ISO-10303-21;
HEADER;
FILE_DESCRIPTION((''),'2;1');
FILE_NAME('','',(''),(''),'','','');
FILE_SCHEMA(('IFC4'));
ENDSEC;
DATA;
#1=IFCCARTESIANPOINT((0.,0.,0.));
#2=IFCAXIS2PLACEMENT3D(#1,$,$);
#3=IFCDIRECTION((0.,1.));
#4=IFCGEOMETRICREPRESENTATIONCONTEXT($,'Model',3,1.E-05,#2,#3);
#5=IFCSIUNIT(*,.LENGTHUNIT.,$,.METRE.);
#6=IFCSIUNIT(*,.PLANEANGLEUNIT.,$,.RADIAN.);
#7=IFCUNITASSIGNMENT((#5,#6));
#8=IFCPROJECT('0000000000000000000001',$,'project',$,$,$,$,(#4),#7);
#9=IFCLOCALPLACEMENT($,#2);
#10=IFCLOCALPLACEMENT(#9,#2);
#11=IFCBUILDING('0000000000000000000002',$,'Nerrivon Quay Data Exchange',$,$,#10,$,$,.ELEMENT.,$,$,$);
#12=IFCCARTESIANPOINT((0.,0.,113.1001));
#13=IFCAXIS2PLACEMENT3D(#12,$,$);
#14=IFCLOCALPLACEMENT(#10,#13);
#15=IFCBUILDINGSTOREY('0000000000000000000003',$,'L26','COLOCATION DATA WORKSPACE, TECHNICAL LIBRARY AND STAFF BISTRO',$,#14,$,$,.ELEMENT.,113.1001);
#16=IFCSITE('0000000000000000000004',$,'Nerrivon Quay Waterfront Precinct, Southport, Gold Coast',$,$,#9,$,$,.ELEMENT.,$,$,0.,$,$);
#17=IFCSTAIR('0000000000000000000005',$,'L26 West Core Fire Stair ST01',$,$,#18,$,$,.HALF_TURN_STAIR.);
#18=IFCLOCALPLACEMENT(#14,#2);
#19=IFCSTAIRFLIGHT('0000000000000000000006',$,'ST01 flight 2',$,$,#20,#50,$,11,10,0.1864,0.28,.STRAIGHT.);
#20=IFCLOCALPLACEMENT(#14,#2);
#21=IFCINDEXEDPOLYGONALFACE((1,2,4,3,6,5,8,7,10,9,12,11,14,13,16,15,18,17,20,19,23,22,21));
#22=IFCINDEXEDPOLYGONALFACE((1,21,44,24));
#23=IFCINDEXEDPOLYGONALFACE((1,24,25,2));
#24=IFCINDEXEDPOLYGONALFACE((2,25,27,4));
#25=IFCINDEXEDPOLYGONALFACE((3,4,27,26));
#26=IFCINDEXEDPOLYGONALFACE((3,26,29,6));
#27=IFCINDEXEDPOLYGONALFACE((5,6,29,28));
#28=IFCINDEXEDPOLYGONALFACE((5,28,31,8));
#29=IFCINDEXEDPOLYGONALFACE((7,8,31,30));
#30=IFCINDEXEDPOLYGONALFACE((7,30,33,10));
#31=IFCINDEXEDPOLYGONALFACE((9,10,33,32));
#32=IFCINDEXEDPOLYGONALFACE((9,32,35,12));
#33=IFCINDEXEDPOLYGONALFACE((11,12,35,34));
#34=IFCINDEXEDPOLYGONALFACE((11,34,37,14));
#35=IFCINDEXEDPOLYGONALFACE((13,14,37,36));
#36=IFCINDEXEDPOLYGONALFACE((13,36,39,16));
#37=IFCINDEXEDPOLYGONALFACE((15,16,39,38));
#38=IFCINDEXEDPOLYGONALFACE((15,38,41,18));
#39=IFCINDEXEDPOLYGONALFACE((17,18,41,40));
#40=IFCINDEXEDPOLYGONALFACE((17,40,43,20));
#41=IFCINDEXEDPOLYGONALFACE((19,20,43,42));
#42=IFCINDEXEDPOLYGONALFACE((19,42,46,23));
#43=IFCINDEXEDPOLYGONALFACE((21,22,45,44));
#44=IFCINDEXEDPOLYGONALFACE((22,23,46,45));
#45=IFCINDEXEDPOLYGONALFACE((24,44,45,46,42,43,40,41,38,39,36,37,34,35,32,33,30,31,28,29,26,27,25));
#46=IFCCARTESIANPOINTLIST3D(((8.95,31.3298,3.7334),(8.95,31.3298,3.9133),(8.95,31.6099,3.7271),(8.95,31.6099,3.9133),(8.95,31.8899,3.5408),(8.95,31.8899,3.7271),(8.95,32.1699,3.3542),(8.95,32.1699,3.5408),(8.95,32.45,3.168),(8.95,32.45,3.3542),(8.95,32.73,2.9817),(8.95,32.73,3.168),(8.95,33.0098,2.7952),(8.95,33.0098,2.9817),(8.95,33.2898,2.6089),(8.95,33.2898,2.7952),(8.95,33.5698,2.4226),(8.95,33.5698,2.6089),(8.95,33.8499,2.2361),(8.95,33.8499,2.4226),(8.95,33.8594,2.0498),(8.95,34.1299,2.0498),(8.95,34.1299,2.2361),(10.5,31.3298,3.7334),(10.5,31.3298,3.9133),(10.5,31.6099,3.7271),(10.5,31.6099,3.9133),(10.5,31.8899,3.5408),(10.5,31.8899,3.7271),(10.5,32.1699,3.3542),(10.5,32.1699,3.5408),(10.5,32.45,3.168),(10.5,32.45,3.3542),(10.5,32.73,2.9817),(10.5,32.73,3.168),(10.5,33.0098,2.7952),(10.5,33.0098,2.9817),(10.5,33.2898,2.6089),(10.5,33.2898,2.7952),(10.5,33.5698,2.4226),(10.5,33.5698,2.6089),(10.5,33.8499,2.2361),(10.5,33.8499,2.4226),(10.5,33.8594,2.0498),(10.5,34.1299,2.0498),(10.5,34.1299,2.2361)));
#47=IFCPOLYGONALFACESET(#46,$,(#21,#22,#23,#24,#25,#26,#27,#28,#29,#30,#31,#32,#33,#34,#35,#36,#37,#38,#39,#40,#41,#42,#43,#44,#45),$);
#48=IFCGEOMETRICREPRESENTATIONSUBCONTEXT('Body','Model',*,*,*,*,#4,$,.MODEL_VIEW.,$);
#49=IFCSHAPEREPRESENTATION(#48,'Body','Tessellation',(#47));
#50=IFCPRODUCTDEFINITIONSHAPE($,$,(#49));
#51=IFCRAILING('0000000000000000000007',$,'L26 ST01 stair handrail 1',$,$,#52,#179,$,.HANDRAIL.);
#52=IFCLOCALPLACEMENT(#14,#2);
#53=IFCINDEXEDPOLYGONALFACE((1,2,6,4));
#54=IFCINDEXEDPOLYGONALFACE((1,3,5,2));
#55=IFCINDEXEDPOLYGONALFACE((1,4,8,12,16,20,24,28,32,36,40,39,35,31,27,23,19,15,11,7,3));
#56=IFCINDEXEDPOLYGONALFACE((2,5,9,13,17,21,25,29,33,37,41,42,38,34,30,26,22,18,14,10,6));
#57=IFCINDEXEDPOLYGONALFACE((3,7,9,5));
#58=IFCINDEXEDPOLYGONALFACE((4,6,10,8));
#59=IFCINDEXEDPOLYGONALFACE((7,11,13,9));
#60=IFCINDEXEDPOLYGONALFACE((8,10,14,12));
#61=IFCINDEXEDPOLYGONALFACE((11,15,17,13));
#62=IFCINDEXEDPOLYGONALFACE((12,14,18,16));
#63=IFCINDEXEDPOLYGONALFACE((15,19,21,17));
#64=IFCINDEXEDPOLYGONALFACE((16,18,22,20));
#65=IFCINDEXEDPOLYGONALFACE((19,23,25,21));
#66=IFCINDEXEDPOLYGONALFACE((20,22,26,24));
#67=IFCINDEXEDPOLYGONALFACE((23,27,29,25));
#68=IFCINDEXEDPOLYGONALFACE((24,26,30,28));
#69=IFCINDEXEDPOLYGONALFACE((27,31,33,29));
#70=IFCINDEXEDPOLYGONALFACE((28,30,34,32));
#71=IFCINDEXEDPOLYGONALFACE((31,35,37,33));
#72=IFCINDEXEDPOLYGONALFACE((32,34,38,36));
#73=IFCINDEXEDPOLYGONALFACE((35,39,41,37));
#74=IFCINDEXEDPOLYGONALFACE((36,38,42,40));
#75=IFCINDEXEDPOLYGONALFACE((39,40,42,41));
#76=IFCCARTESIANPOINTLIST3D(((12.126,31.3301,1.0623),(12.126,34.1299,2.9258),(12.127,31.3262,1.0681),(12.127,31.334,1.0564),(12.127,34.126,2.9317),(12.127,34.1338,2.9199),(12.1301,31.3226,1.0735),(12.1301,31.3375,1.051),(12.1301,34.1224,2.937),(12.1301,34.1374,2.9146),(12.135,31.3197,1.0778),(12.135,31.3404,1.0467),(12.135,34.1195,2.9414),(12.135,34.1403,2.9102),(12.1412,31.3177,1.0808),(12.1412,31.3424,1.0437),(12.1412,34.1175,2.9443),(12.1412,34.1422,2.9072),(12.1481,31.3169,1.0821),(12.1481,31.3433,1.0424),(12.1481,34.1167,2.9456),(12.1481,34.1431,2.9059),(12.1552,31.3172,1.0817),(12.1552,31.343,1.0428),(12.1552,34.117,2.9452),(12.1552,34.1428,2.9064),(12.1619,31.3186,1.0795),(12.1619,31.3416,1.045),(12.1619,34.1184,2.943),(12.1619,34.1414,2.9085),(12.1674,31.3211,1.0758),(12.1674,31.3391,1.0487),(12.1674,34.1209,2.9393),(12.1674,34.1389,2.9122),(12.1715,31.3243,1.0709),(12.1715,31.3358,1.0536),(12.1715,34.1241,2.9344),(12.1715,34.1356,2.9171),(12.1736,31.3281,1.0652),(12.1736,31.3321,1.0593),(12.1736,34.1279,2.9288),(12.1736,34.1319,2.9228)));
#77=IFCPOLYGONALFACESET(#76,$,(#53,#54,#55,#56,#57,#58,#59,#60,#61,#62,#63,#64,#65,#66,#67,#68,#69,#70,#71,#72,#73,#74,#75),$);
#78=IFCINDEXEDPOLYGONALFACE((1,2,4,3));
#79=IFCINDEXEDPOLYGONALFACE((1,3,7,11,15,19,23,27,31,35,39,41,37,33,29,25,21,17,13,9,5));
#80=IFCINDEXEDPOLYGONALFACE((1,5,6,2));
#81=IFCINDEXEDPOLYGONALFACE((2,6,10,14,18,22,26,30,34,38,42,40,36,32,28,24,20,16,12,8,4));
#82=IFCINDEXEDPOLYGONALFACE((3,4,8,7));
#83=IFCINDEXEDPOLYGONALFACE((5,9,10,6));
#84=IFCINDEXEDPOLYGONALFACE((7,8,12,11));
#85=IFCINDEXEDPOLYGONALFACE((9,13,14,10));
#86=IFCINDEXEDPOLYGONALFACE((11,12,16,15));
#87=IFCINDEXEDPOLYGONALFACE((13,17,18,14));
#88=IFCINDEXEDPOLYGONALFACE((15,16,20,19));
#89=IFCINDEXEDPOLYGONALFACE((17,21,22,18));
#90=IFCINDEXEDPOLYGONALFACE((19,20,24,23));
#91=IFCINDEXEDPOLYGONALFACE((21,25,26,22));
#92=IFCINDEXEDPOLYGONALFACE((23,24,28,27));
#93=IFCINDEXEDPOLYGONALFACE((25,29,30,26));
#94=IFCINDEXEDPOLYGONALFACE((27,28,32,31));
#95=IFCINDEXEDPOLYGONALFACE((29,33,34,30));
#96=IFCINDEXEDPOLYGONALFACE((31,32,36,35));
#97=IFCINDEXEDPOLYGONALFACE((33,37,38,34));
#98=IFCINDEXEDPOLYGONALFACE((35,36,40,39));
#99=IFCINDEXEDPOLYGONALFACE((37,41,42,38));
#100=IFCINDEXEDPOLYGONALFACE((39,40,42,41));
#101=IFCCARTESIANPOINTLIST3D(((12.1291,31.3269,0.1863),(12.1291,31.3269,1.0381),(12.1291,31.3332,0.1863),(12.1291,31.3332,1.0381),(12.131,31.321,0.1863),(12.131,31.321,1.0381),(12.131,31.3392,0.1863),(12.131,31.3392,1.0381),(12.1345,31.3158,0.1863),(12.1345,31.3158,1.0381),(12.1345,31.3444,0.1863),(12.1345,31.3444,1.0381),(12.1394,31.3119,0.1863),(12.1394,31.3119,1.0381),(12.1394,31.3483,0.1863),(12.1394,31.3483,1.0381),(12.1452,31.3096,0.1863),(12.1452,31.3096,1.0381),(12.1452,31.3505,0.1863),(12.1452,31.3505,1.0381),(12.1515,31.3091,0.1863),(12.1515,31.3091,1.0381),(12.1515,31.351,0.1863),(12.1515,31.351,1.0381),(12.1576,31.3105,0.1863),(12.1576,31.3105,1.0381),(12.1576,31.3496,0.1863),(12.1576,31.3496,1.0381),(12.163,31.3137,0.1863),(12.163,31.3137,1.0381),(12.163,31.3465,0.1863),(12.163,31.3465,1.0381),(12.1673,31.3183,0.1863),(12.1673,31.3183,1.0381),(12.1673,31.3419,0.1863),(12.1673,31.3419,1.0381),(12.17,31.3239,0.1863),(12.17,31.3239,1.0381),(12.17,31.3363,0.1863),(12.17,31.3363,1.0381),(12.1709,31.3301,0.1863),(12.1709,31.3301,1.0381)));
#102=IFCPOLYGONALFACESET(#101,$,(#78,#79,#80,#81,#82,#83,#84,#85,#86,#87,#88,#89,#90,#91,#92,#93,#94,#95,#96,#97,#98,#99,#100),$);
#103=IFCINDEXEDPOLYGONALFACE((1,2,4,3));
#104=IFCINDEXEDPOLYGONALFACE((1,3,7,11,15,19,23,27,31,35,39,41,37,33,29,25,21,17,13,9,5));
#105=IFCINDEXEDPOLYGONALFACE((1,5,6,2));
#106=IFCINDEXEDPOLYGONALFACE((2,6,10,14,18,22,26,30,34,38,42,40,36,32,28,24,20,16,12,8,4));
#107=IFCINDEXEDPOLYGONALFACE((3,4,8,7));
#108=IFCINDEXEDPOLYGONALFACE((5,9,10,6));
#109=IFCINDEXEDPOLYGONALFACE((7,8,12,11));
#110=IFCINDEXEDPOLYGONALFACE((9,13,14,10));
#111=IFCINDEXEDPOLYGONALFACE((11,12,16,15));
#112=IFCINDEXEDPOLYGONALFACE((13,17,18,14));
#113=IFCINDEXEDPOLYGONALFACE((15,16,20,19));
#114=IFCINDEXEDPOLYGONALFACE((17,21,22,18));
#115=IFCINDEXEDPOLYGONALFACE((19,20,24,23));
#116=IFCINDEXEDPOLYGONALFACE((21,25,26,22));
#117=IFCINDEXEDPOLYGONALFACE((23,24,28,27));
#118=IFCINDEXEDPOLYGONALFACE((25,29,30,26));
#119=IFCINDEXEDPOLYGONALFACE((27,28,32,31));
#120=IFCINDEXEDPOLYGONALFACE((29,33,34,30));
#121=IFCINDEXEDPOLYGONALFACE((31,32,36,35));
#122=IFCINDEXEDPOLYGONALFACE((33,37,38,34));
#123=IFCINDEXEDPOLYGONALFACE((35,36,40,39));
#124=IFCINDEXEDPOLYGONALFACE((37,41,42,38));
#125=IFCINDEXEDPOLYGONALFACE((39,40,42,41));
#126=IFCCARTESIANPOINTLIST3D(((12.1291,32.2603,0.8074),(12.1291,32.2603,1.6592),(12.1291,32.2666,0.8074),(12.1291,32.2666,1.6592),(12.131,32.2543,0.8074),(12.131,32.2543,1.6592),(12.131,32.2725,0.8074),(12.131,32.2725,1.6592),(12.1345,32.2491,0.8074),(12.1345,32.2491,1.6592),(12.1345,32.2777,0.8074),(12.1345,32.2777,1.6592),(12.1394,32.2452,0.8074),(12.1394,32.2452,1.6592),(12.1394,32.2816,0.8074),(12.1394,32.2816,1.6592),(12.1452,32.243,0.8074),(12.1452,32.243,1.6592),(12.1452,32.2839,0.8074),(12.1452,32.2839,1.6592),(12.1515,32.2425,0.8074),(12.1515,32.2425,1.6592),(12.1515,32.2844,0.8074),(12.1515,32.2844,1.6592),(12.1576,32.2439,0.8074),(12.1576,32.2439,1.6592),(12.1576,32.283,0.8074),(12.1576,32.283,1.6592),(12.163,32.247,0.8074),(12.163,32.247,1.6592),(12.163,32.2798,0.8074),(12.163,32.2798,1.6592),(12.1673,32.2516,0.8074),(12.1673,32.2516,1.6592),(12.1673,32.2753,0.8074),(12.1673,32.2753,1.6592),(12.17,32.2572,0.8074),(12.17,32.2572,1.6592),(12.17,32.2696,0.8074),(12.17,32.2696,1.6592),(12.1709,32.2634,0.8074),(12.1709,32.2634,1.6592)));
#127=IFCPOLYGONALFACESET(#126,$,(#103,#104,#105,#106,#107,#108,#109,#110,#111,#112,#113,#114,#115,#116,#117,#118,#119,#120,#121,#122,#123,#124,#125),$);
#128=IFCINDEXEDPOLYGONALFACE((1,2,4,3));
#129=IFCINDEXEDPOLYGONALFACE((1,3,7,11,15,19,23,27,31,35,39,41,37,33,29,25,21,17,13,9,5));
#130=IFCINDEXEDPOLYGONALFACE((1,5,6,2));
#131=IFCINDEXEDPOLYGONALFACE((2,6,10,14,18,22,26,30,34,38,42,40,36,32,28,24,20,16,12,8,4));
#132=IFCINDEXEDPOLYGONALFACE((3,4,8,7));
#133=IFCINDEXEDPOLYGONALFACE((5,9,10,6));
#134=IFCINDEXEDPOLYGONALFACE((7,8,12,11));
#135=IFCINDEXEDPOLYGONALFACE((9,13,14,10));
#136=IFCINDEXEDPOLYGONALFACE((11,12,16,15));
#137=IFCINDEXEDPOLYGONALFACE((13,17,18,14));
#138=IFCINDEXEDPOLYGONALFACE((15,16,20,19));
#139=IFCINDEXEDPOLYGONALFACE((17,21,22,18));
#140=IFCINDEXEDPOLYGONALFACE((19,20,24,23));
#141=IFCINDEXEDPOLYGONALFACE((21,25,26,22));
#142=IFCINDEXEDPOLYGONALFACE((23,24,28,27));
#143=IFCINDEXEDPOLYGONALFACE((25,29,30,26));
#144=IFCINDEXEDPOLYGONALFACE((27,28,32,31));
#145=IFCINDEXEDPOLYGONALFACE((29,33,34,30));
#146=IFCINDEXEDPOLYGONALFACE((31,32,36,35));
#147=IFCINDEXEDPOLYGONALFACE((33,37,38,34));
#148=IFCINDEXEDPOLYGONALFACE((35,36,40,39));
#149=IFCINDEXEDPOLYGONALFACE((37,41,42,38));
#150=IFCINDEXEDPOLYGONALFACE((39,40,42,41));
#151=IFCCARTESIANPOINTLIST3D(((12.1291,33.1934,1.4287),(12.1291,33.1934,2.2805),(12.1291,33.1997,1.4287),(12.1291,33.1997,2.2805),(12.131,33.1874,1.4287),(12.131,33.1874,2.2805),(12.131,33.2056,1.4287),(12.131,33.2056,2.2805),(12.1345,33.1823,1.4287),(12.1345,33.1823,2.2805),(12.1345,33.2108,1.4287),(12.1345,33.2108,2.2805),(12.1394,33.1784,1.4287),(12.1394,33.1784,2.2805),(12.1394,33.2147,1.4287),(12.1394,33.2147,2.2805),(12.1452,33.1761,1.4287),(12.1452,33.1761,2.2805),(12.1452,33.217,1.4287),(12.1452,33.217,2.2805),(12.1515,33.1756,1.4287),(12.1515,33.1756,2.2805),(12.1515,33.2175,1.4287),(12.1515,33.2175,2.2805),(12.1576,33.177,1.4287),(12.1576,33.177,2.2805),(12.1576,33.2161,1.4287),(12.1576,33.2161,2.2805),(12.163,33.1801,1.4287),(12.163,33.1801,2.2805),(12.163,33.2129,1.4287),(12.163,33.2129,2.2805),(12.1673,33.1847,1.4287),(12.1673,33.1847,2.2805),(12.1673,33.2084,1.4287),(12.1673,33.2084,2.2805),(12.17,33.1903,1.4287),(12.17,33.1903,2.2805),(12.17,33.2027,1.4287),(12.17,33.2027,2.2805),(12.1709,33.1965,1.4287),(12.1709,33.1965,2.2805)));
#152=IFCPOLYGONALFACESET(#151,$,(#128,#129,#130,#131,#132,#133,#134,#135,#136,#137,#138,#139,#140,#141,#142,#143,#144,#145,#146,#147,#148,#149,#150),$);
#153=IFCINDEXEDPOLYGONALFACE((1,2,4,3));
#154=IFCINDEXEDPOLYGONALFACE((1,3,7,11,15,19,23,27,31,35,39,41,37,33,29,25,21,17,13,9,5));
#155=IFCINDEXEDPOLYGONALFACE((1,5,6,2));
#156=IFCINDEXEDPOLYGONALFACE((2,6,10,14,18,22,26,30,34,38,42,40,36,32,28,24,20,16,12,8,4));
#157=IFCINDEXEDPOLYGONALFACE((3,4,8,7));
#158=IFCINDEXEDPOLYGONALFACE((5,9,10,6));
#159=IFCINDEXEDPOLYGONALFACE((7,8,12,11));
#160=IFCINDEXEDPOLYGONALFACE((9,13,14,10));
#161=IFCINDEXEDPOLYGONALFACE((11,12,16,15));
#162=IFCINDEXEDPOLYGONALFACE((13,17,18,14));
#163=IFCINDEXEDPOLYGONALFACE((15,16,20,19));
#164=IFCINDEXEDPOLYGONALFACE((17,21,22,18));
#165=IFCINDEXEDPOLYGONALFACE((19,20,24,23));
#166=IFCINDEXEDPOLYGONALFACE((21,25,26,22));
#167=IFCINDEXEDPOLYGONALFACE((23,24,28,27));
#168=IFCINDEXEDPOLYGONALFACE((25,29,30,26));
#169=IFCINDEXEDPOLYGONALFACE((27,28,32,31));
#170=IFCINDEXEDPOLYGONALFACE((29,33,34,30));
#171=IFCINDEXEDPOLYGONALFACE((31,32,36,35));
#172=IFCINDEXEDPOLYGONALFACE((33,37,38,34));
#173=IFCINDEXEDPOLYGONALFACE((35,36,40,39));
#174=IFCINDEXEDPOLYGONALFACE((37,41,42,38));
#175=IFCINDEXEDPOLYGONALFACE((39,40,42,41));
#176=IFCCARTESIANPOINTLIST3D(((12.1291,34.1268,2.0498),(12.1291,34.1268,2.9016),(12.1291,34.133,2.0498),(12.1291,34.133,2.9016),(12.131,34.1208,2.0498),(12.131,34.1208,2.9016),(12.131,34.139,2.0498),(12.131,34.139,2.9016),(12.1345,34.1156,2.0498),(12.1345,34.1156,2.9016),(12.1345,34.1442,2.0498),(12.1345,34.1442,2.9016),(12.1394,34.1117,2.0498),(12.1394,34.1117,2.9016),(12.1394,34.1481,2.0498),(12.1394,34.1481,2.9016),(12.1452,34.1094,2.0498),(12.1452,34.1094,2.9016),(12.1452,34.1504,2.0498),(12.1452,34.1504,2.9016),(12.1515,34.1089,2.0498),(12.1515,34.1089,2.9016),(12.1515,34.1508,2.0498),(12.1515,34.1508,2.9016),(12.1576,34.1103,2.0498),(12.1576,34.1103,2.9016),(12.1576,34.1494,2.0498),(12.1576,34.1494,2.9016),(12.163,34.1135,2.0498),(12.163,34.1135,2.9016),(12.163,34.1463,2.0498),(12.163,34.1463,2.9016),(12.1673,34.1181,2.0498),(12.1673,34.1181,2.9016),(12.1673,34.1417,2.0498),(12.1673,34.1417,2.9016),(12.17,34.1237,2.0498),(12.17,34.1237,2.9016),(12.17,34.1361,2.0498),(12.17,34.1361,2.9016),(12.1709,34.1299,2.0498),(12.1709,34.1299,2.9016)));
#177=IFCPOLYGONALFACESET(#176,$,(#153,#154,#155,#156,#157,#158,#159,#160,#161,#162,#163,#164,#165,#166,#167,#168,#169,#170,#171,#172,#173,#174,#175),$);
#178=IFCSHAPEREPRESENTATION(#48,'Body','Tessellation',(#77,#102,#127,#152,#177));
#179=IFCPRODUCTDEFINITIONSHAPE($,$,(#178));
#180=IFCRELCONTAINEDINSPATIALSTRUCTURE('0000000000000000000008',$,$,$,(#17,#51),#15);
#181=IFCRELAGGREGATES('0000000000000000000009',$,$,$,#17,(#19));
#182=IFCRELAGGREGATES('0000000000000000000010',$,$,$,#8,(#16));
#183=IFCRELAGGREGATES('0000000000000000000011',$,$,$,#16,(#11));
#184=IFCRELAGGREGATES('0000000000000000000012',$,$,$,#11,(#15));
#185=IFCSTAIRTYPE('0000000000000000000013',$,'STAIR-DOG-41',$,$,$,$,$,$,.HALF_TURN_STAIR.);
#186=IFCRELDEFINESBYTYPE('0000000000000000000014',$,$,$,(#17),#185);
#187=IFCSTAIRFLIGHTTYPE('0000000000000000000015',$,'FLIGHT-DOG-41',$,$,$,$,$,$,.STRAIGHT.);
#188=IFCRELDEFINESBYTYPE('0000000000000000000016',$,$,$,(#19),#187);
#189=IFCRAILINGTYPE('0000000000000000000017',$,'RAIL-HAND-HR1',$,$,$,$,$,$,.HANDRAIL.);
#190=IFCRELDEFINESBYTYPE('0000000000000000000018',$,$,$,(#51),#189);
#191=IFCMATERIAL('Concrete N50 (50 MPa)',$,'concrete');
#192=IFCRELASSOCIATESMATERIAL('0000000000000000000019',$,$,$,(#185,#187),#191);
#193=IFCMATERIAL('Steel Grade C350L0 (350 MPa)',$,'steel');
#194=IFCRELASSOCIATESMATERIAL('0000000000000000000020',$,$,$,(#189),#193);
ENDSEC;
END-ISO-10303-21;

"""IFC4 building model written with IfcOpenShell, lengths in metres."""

from ifc_helpers import new_model, si_unit, direction, frame, origin, origin_2d, place, context, subcontext, project, spatial, polyline, circle, outline, extrude, material, type_object, element, aggregate, save


model = new_model("IFC4")

# Units and contexts
model_context = context("Model", 3, precision=1e-05, world=origin(), true_north=direction((0.0, 1.0)))
body_context = subcontext(model_context, "Body", "Model", "MODEL_VIEW")
ifc_project = project(units=[si_unit("LENGTHUNIT", "METRE"), si_unit("PLANEANGLEUNIT", "RADIAN")], contexts=[model_context])

# Site, building, storey
site_placement = place(None, origin())
site = spatial("IfcSite", under=ifc_project, at=site_placement, Name="Nerrivon Quay Waterfront Precinct, Southport, Gold Coast", CompositionType="ELEMENT", RefElevation=0.0)
building_placement = place(site_placement, origin())
building = spatial("IfcBuilding", under=site, at=building_placement, Name="Nerrivon Quay Data Exchange", CompositionType="ELEMENT")
storey_placement = place(building_placement, frame((0.0, 0.0, 113.1001)))
storey = spatial("IfcBuildingStorey", under=building, at=storey_placement, Name="L26", Description="COLOCATION DATA WORKSPACE, TECHNICAL LIBRARY AND STAFF BISTRO", CompositionType="ELEMENT", Elevation=113.1001)

# Shared definitions
ifc_material_1 = material(Name="Concrete N50 (50 MPa)", Category="concrete")

# Stair, stair flight
stair_type = type_object("IfcStairType", Name="STAIR-DOG-41", PredefinedType="HALF_TURN_STAIR", material=ifc_material_1)
stair_placement = place(storey_placement, origin())
stair = element("IfcStair", 1, at=stair_placement, inside=storey, type_object=stair_type, Name="L26 West Core Fire Stair ST01", PredefinedType="HALF_TURN_STAIR")
stair_flight_type = type_object("IfcStairFlightType", Name="FLIGHT-DOG-41", PredefinedType="STRAIGHT", material=ifc_material_1)
stair_flight_1_placement = place(storey_placement, frame((9.7251, 34.1299, 2.0498), z_axis=(0.0, 0.0, 1.0), x_axis=(0.0, -1.0, 0.0)))
stair_flight_1 = element("IfcStairFlight", 2, at=stair_flight_1_placement, type_object=stair_flight_type, Name="ST01 flight 2", NumberOfRisers=11, NumberOfTreads=10, PredefinedType="STRAIGHT", RiserHeight=0.1864, TreadLength=0.28, context=body_context, shape_type="SweptSolid", body=[
    extrude(outline(polyline([(0.0, 0.0), (0.0, 0.1863), (0.28, 0.1863), (0.28, 0.3728), (0.5601, 0.3728), (0.5601, 0.5591), (0.8401, 0.5591), (0.8401, 0.7454), (1.1201, 0.7454), (1.1201, 0.9319), (1.3999, 0.9319), (1.3999, 1.1182), (1.6799, 1.1182), (1.6799, 1.3044), (1.96, 1.3044), (1.96, 1.491), (2.24, 1.491), (2.24, 1.6772), (2.52, 1.6772), (2.52, 1.8635), (2.8, 1.8635), (2.8, 2.05), (2.8, 1.6836), (0.2705, 0.0), (0.0, 0.0)])), frame((0.0, 0.7749, 0.0), z_axis=(0.0, -1.0, 0.0), x_axis=(1.0, 0.0, 0.0)), (0.0, 0.0, 1.0), 1.55),
])
aggregate(stair, [stair_flight_1])

# Railing
ifc_material_2 = material(Name="Steel Grade C350L0 (350 MPa)", Category="steel")
railing_type_1 = type_object("IfcRailingType", Name="RAIL-HAND-HR1", PredefinedType="HANDRAIL", material=ifc_material_2)
railing_1_placement = place(storey_placement, frame((12.1499, 31.3301, 0.1863)))
element("IfcRailing", 3, at=railing_1_placement, inside=storey, type_object=railing_type_1, Name="L26 ST01 stair handrail 1", PredefinedType="HANDRAIL", context=body_context, shape_type="SweptSolid", body=[
    extrude(circle(Radius=0.0239, at=origin_2d()), frame((0.0, 0.0, 0.876), z_axis=(0.0, 0.832463, 0.55408), x_axis=(-1.0, 0.0, 0.0)), (0.0, 0.0, 1.0), 3.3633),
    extrude(circle(Radius=0.021, at=origin_2d()), origin(), (0.0, 0.0, 1.0), 0.8518),
    extrude(circle(Radius=0.021, at=origin_2d()), frame((0.0, 0.9333, 0.6211)), (0.0, 0.0, 1.0), 0.8518),
    extrude(circle(Radius=0.021, at=origin_2d()), frame((0.0, 1.8665, 1.2424)), (0.0, 0.0, 1.0), 0.8518),
    extrude(circle(Radius=0.021, at=origin_2d()), frame((0.0, 2.7998, 1.8635)), (0.0, 0.0, 1.0), 0.8518),
])

save(model, "model.ifc")
